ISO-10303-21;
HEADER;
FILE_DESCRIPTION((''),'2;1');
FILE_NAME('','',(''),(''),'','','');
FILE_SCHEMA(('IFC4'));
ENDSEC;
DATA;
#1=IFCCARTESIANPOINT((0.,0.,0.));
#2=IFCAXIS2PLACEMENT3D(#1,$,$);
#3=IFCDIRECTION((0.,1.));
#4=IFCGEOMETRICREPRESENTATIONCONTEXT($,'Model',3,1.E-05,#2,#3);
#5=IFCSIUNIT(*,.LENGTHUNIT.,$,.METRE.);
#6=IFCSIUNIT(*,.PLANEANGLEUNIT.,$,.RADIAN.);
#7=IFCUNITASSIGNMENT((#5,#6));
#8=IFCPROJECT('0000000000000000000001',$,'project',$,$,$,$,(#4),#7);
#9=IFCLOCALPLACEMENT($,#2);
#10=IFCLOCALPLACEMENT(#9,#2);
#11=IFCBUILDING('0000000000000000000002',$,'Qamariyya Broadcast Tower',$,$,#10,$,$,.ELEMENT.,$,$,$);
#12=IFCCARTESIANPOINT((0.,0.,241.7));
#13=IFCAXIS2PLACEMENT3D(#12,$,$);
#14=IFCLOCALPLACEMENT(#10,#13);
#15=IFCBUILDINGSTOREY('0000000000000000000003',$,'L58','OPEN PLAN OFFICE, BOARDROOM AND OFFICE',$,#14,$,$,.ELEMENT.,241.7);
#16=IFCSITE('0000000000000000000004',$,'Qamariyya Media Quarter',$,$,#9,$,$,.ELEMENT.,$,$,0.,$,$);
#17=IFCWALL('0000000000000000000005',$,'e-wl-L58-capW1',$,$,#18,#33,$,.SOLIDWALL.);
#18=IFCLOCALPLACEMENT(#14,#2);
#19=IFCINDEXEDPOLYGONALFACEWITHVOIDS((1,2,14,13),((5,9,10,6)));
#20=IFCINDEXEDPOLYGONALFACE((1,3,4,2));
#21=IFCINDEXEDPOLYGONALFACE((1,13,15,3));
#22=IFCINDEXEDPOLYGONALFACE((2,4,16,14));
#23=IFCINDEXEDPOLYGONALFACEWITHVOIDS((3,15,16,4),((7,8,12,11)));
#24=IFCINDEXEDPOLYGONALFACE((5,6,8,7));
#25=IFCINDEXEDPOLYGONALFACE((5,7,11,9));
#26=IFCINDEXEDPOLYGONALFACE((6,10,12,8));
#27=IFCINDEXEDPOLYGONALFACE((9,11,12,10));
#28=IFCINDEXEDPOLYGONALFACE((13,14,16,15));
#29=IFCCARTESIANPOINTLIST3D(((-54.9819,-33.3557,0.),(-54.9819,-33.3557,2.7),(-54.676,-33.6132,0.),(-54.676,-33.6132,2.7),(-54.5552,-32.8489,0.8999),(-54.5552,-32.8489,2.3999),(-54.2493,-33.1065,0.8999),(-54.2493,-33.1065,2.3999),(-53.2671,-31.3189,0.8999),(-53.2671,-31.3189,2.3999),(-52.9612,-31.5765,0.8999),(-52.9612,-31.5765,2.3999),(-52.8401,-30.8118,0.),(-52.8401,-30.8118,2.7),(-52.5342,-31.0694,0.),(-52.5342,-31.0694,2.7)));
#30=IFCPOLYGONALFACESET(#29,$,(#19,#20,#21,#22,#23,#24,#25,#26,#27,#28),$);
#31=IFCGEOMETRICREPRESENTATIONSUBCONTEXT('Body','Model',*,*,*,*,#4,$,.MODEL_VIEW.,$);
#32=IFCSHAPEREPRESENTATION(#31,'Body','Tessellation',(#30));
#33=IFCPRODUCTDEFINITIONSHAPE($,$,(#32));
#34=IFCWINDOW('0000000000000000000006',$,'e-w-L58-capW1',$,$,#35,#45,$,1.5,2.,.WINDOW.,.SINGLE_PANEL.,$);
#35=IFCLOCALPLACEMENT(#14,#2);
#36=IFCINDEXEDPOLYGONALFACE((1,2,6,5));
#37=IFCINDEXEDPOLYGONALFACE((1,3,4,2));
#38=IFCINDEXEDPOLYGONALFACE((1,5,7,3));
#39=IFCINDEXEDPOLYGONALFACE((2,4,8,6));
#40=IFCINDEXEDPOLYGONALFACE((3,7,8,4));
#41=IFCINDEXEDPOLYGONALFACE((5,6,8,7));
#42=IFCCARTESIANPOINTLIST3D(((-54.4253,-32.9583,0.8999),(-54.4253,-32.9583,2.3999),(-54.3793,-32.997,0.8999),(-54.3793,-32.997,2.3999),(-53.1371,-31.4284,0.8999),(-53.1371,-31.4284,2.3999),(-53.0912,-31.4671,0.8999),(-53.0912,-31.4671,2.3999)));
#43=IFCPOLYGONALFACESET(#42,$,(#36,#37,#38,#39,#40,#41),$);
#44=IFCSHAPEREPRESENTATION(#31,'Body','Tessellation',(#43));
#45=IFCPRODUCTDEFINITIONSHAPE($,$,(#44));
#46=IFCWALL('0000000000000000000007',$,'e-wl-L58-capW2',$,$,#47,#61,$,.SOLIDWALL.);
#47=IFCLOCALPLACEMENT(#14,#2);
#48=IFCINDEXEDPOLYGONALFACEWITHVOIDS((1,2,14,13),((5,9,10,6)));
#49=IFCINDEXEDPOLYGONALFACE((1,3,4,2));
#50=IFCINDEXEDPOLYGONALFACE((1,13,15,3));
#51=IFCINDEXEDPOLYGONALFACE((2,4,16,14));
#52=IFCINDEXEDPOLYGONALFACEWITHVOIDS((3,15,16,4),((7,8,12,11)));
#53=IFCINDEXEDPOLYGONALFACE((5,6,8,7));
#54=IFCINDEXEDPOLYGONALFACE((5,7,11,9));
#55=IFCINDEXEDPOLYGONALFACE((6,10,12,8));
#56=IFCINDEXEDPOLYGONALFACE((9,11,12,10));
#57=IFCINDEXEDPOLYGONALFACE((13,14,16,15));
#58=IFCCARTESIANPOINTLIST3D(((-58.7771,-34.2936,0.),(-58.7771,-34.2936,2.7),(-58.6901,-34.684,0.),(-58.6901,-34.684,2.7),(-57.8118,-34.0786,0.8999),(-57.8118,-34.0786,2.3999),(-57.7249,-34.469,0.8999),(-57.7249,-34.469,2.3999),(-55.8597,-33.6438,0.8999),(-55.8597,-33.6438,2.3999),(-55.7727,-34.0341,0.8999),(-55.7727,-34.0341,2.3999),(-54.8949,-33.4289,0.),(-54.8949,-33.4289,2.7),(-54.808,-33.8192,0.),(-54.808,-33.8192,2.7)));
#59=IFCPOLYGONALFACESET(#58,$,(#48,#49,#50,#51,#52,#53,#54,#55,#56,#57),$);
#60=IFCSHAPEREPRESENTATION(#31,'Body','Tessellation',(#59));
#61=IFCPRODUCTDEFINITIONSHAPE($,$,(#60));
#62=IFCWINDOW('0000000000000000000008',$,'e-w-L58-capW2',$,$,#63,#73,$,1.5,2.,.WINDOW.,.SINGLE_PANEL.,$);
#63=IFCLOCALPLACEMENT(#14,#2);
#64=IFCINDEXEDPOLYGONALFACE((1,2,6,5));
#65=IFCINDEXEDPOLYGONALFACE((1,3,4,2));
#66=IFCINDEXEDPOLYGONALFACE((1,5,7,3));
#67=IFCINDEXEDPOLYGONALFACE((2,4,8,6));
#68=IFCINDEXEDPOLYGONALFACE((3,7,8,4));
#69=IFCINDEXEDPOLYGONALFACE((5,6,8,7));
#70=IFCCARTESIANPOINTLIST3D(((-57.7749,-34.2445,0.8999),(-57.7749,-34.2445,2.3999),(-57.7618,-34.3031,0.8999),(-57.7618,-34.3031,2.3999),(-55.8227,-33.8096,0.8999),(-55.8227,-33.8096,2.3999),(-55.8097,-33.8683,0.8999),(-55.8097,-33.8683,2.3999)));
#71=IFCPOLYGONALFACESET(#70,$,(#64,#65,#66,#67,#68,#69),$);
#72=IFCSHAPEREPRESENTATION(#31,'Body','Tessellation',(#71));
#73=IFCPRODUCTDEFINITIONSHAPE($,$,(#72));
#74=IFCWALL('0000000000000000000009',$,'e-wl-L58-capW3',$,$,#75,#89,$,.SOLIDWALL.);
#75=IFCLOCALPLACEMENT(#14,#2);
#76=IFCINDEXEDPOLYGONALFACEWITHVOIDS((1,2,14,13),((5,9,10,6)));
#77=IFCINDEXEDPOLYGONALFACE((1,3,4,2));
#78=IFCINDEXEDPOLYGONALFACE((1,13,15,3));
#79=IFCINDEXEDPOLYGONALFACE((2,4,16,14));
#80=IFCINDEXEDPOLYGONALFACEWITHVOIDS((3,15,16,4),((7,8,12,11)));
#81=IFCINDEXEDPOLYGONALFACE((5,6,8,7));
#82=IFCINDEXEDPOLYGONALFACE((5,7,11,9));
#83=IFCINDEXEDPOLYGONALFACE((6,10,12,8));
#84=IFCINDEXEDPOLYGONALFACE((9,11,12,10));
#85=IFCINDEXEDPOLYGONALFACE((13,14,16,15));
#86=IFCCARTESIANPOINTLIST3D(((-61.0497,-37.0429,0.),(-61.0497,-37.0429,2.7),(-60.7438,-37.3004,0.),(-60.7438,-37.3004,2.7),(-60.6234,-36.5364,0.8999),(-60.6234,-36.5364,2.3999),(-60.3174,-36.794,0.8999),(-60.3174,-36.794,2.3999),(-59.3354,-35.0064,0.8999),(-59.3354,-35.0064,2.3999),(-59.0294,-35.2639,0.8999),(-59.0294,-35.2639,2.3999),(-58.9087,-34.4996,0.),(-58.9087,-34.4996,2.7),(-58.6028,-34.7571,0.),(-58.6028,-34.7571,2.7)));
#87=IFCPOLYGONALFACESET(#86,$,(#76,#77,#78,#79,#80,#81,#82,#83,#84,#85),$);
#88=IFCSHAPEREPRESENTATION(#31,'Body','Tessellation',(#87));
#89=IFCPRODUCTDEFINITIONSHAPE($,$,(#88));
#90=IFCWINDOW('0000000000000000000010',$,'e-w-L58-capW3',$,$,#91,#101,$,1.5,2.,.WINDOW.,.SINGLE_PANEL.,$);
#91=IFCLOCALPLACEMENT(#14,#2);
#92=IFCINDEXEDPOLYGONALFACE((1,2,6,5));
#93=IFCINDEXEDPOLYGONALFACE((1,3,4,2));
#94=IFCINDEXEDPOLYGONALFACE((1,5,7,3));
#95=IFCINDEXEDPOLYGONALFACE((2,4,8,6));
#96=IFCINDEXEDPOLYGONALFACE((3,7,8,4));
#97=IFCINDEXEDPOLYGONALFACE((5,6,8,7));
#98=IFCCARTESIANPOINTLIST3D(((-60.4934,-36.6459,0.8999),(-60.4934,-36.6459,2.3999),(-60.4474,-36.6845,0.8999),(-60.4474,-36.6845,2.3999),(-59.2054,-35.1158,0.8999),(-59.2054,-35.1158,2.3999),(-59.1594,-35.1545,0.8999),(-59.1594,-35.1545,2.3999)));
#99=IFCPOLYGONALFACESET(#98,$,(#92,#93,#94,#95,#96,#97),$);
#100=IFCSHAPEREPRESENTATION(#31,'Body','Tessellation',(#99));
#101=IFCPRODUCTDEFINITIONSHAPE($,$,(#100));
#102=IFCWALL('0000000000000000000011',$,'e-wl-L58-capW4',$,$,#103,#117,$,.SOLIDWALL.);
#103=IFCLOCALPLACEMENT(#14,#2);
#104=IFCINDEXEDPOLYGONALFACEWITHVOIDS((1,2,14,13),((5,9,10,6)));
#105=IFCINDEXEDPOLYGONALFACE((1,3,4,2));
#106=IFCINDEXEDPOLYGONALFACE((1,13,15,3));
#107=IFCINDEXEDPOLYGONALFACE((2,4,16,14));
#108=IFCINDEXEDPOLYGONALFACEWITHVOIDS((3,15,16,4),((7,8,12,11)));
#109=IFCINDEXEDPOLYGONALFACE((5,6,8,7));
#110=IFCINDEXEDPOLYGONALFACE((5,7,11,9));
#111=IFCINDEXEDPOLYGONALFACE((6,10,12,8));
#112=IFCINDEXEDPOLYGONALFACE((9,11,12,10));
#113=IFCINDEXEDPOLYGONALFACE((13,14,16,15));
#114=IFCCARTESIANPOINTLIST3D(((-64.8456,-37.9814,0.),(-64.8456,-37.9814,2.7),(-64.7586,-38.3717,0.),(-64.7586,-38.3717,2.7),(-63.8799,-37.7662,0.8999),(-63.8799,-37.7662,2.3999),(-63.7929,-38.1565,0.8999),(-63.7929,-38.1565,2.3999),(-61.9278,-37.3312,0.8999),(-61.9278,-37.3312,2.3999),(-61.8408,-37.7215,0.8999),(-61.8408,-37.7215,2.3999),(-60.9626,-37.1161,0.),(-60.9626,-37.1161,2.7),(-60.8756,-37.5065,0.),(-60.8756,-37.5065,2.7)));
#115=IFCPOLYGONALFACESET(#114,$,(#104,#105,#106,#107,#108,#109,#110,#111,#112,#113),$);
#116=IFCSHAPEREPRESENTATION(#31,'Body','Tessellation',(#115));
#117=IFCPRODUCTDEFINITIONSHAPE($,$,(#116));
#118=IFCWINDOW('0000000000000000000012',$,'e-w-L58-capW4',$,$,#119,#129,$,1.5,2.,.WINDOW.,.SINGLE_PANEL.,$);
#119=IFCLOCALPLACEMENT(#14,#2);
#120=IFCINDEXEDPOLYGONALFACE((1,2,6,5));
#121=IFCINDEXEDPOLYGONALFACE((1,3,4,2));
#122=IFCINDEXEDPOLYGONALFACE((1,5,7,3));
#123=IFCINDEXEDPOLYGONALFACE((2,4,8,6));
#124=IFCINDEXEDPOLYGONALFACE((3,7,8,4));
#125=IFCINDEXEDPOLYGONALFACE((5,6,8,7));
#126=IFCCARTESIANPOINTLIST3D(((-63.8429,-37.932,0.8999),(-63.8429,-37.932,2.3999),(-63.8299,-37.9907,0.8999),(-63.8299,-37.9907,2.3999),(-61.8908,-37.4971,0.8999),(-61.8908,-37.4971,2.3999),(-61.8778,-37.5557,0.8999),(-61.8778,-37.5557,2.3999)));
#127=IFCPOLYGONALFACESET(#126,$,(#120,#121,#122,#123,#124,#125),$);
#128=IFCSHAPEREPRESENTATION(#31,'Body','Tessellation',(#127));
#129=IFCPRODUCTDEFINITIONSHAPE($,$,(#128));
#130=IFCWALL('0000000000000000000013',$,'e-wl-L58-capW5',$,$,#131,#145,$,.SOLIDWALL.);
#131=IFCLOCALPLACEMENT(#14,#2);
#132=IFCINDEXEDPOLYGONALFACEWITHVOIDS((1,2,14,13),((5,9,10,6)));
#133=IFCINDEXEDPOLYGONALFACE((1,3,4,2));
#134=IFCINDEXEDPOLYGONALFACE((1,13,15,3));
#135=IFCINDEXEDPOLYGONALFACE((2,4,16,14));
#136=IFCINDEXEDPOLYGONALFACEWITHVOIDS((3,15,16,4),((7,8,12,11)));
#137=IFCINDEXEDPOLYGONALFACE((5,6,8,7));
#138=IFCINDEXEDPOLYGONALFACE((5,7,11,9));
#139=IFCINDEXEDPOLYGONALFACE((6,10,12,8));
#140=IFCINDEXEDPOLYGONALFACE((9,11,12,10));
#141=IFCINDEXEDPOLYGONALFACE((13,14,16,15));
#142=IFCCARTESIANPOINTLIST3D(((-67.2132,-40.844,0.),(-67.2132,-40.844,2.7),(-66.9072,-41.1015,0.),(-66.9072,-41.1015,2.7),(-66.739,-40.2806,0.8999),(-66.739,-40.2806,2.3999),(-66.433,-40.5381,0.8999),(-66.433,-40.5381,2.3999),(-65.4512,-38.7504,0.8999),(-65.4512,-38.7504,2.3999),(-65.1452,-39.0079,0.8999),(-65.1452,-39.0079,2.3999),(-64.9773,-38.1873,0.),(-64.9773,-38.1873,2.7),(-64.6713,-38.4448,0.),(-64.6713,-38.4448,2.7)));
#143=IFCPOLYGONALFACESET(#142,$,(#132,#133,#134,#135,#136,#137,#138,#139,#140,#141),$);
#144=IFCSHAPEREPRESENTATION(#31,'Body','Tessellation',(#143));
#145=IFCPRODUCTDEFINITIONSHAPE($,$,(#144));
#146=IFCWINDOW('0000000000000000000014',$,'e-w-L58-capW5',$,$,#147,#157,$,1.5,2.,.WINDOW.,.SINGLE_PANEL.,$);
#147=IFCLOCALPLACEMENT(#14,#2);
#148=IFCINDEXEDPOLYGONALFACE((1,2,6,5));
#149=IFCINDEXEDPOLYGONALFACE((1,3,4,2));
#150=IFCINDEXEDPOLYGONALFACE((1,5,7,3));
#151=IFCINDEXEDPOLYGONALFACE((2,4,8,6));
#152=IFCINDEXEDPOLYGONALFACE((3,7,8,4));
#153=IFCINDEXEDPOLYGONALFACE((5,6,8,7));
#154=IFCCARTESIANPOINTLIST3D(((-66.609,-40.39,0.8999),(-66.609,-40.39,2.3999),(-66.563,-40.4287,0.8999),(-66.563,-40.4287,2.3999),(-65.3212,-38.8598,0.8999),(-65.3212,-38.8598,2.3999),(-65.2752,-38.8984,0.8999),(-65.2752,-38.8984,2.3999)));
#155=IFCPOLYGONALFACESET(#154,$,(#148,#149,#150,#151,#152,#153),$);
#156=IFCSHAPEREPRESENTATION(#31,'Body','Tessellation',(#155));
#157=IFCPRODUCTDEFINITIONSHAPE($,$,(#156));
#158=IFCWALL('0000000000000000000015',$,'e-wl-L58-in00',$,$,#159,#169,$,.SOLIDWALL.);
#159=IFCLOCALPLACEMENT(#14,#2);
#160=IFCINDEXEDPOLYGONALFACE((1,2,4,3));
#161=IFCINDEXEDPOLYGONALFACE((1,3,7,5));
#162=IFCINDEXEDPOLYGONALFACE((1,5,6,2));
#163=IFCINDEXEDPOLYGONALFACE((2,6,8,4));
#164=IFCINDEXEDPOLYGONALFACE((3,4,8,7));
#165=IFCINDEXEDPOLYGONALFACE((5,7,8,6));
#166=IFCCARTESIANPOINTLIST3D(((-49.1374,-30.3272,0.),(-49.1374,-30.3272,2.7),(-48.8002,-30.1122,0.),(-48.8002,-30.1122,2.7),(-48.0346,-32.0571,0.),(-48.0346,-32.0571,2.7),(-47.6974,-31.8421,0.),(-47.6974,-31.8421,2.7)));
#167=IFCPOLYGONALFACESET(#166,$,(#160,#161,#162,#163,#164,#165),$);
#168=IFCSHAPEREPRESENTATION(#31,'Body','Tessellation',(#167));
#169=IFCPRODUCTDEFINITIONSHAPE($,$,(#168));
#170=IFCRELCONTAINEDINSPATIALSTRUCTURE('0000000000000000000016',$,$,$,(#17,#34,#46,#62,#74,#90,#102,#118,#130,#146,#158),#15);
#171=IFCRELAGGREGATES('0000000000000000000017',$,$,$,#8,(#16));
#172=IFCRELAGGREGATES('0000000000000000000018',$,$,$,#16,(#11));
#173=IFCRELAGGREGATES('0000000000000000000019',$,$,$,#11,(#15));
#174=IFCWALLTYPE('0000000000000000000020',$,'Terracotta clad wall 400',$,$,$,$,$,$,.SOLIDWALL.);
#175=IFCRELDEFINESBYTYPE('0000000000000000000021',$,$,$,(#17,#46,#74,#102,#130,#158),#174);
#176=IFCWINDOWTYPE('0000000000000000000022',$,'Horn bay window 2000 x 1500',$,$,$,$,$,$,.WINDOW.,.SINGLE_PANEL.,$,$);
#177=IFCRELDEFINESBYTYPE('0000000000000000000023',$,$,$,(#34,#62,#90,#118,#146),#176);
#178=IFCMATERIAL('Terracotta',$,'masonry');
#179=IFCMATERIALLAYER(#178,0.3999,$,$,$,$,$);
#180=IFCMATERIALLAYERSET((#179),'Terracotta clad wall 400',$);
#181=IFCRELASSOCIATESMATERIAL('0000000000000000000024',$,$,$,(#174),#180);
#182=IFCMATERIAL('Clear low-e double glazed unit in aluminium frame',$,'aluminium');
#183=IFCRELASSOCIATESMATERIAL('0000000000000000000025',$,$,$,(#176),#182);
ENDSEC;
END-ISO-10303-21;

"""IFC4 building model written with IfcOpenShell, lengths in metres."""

from ifc_helpers import new_model, si_unit, direction, frame, frame_2d, origin, place, context, subcontext, project, spatial, rectangle, extrude, material, layer, layer_set, type_object, element, fill, save


model = new_model("IFC4")

# Units and contexts
model_context = context("Model", 3, precision=1e-05, world=origin(), true_north=direction((0.0, 1.0)))
body_context = subcontext(model_context, "Body", "Model", "MODEL_VIEW")
ifc_project = project(units=[si_unit("LENGTHUNIT", "METRE"), si_unit("PLANEANGLEUNIT", "RADIAN")], contexts=[model_context])

# Site, building, storey
site_placement = place(None, origin())
site = spatial("IfcSite", under=ifc_project, at=site_placement, Name="Qamariyya Media Quarter", CompositionType="ELEMENT", RefElevation=0.0)
building_placement = place(site_placement, origin())
building = spatial("IfcBuilding", under=site, at=building_placement, Name="Qamariyya Broadcast Tower", CompositionType="ELEMENT")
storey_placement = place(building_placement, frame((0.0, 0.0, 241.7)))
storey = spatial("IfcBuildingStorey", under=building, at=storey_placement, Name="L58", Description="OPEN PLAN OFFICE, BOARDROOM AND OFFICE", CompositionType="ELEMENT", Elevation=241.7)

# Walls, openings, windows
ifc_material_1 = material(Name="Terracotta", Category="masonry")
ifc_layer = layer(ifc_material_1, 0.3999)
ifc_layer_set = layer_set([ifc_layer], Name="Terracotta clad wall 400")
wall_type = type_object("IfcWallType", Name="Terracotta clad wall 400", PredefinedType="SOLIDWALL", material=ifc_layer_set)
ifc_material_2 = material(Name="Clear low-e double glazed unit in aluminium frame", Category="aluminium")
window_type_1 = type_object("IfcWindowType", Name="Horn bay window 2000 x 1500", PartitioningType="SINGLE_PANEL", PredefinedType="WINDOW", material=ifc_material_2)
wall_1_placement = place(storey_placement, frame((-52.6873, -30.9407, 0.0), z_axis=(0.0, 0.0, 1.0), x_axis=(-0.644061, -0.764974, 0.0)))
wall_1 = element("IfcWall", 1, at=wall_1_placement, inside=storey, type_object=wall_type, Name="e-wl-L58-capW1", PredefinedType="SOLIDWALL", context=body_context, shape_type="SweptSolid", body=[
    extrude(rectangle(XDim=3.3254, YDim=0.3999, at=frame_2d((1.6626, 0.0))), origin(), (0.0, 0.0, 1.0), 2.7),
])
opening_1_placement = place(wall_1_placement, frame((0.6628, 0.0, 0.8999)))
opening_1 = element("IfcOpeningElement", 2, at=opening_1_placement, cuts=wall_1, PredefinedType="OPENING", context=body_context, shape_type="SweptSolid", body=[
    extrude(rectangle(XDim=2.0, YDim=1.5, at=frame_2d((1.0, 0.75))), frame((0.0, 0.21, 0.0), z_axis=(0.0, -1.0, 0.0), x_axis=(1.0, 0.0, 0.0)), (0.0, 0.0, 1.0), 0.4199),
])
window_1_placement = place(opening_1_placement, origin())
window_1 = element("IfcWindow", 3, at=window_1_placement, inside=storey, type_object=window_type_1, Name="e-w-L58-capW1", OverallHeight=1.5, OverallWidth=2.0, PartitioningType="SINGLE_PANEL", PredefinedType="WINDOW", context=body_context, shape_type="SweptSolid", body=[
    extrude(rectangle(XDim=2.0, YDim=1.5, at=frame_2d((1.0, 0.75))), frame((0.0, 0.03, 0.0), z_axis=(0.0, -1.0, 0.0), x_axis=(1.0, 0.0, 0.0)), (0.0, 0.0, 1.0), 0.0601),
])
fill(opening_1, window_1)
wall_2_placement = place(storey_placement, frame((-54.8513, -33.624, 0.0), z_axis=(0.0, 0.0, 1.0), x_axis=(-0.976077, -0.217424, 0.0)))
wall_2 = element("IfcWall", 4, at=wall_2_placement, inside=storey, type_object=wall_type, Name="e-wl-L58-capW2", PredefinedType="SOLIDWALL", context=body_context, shape_type="SweptSolid", body=[
    extrude(rectangle(XDim=3.9773, YDim=0.3999, at=frame_2d((1.9888, 0.0))), origin(), (0.0, 0.0, 1.0), 2.7),
])
opening_2_placement = place(wall_2_placement, frame((0.9885, 0.0, 0.8999)))
opening_2 = element("IfcOpeningElement", 5, at=opening_2_placement, cuts=wall_2, PredefinedType="OPENING", context=body_context, shape_type="SweptSolid", body=[
    extrude(rectangle(XDim=2.0, YDim=1.5, at=frame_2d((1.0, 0.75))), frame((0.0, 0.21, 0.0), z_axis=(0.0, -1.0, 0.0), x_axis=(1.0, 0.0, 0.0)), (0.0, 0.0, 1.0), 0.4199),
])
window_2_placement = place(opening_2_placement, origin())
window_2 = element("IfcWindow", 6, at=window_2_placement, inside=storey, type_object=window_type_1, Name="e-w-L58-capW2", OverallHeight=1.5, OverallWidth=2.0, PartitioningType="SINGLE_PANEL", PredefinedType="WINDOW", context=body_context, shape_type="SweptSolid", body=[
    extrude(rectangle(XDim=2.0, YDim=1.5, at=frame_2d((1.0, 0.75))), frame((0.0, 0.03, 0.0), z_axis=(0.0, -1.0, 0.0), x_axis=(1.0, 0.0, 0.0)), (0.0, 0.0, 1.0), 0.0601),
])
fill(opening_2, window_2)
wall_3_placement = place(storey_placement, frame((-58.7559, -34.6284, 0.0), z_axis=(0.0, 0.0, 1.0), x_axis=(-0.643998, -0.765027, 0.0)))
wall_3 = element("IfcWall", 7, at=wall_3_placement, inside=storey, type_object=wall_type, Name="e-wl-L58-capW3", PredefinedType="SOLIDWALL", context=body_context, shape_type="SweptSolid", body=[
    extrude(rectangle(XDim=3.3245, YDim=0.3999, at=frame_2d((1.6621, 0.0))), origin(), (0.0, 0.0, 1.0), 2.7),
])
opening_3_placement = place(wall_3_placement, frame((0.6624, 0.0, 0.8999)))
opening_3 = element("IfcOpeningElement", 8, at=opening_3_placement, cuts=wall_3, PredefinedType="OPENING", context=body_context, shape_type="SweptSolid", body=[
    extrude(rectangle(XDim=2.0, YDim=1.5, at=frame_2d((1.0, 0.75))), frame((0.0, 0.21, 0.0), z_axis=(0.0, -1.0, 0.0), x_axis=(1.0, 0.0, 0.0)), (0.0, 0.0, 1.0), 0.4199),
])
window_3_placement = place(opening_3_placement, origin())
window_3 = element("IfcWindow", 9, at=window_3_placement, inside=storey, type_object=window_type_1, Name="e-w-L58-capW3", OverallHeight=1.5, OverallWidth=2.0, PartitioningType="SINGLE_PANEL", PredefinedType="WINDOW", context=body_context, shape_type="SweptSolid", body=[
    extrude(rectangle(XDim=2.0, YDim=1.5, at=frame_2d((1.0, 0.75))), frame((0.0, 0.03, 0.0), z_axis=(0.0, -1.0, 0.0), x_axis=(1.0, 0.0, 0.0)), (0.0, 0.0, 1.0), 0.0601),
])
fill(opening_3, window_3)
wall_4_placement = place(storey_placement, frame((-60.9189, -37.3113, 0.0), z_axis=(0.0, 0.0, 1.0), x_axis=(-0.976063, -0.217489, 0.0)))
wall_4 = element("IfcWall", 10, at=wall_4_placement, inside=storey, type_object=wall_type, Name="e-wl-L58-capW4", PredefinedType="SOLIDWALL", context=body_context, shape_type="SweptSolid", body=[
    extrude(rectangle(XDim=3.9783, YDim=0.3999, at=frame_2d((1.9893, 0.0))), origin(), (0.0, 0.0, 1.0), 2.7),
])
opening_4_placement = place(wall_4_placement, frame((0.989, 0.0, 0.8999)))
opening_4 = element("IfcOpeningElement", 11, at=opening_4_placement, cuts=wall_4, PredefinedType="OPENING", context=body_context, shape_type="SweptSolid", body=[
    extrude(rectangle(XDim=2.0, YDim=1.5, at=frame_2d((1.0, 0.75))), frame((0.0, 0.21, 0.0), z_axis=(0.0, -1.0, 0.0), x_axis=(1.0, 0.0, 0.0)), (0.0, 0.0, 1.0), 0.4199),
])
window_4_placement = place(opening_4_placement, origin())
window_4 = element("IfcWindow", 12, at=window_4_placement, inside=storey, type_object=window_type_1, Name="e-w-L58-capW4", OverallHeight=1.5, OverallWidth=2.0, PartitioningType="SINGLE_PANEL", PredefinedType="WINDOW", context=body_context, shape_type="SweptSolid", body=[
    extrude(rectangle(XDim=2.0, YDim=1.5, at=frame_2d((1.0, 0.75))), frame((0.0, 0.03, 0.0), z_axis=(0.0, -1.0, 0.0), x_axis=(1.0, 0.0, 0.0)), (0.0, 0.0, 1.0), 0.0601),
])
fill(opening_4, window_4)
wall_5_placement = place(storey_placement, frame((-64.8242, -38.3159, 0.0), z_axis=(0.0, 0.0, 1.0), x_axis=(-0.643898, -0.765112, 0.0)))
wall_5 = element("IfcWall", 13, at=wall_5_placement, inside=storey, type_object=wall_type, Name="e-wl-L58-capW5", PredefinedType="SOLIDWALL", context=body_context, shape_type="SweptSolid", body=[
    extrude(rectangle(XDim=3.4724, YDim=0.3999, at=frame_2d((1.7363, 0.0))), origin(), (0.0, 0.0, 1.0), 2.7),
])
opening_5_placement = place(wall_5_placement, frame((0.7361, 0.0, 0.8999)))
opening_5 = element("IfcOpeningElement", 14, at=opening_5_placement, cuts=wall_5, PredefinedType="OPENING", context=body_context, shape_type="SweptSolid", body=[
    extrude(rectangle(XDim=2.0, YDim=1.5, at=frame_2d((1.0, 0.75))), frame((0.0, 0.21, 0.0), z_axis=(0.0, -1.0, 0.0), x_axis=(1.0, 0.0, 0.0)), (0.0, 0.0, 1.0), 0.4199),
])
window_5_placement = place(opening_5_placement, origin())
window_5 = element("IfcWindow", 15, at=window_5_placement, inside=storey, type_object=window_type_1, Name="e-w-L58-capW5", OverallHeight=1.5, OverallWidth=2.0, PartitioningType="SINGLE_PANEL", PredefinedType="WINDOW", context=body_context, shape_type="SweptSolid", body=[
    extrude(rectangle(XDim=2.0, YDim=1.5, at=frame_2d((1.0, 0.75))), frame((0.0, 0.03, 0.0), z_axis=(0.0, -1.0, 0.0), x_axis=(1.0, 0.0, 0.0)), (0.0, 0.0, 1.0), 0.0601),
])
fill(opening_5, window_5)

# Wall
wall_6_placement = place(storey_placement, frame((-47.866, -31.9497, 0.0), z_axis=(0.0, 0.0, 1.0), x_axis=(-0.53753, 0.843245, 0.0)))
element("IfcWall", 16, at=wall_6_placement, inside=storey, type_object=wall_type, Name="e-wl-L58-in00", PredefinedType="SOLIDWALL", context=body_context, shape_type="SweptSolid", body=[
    extrude(rectangle(XDim=2.0515, YDim=0.3999, at=frame_2d((1.0259, 0.0))), origin(), (0.0, 0.0, 1.0), 2.7),
])

save(model, "model.ifc")
